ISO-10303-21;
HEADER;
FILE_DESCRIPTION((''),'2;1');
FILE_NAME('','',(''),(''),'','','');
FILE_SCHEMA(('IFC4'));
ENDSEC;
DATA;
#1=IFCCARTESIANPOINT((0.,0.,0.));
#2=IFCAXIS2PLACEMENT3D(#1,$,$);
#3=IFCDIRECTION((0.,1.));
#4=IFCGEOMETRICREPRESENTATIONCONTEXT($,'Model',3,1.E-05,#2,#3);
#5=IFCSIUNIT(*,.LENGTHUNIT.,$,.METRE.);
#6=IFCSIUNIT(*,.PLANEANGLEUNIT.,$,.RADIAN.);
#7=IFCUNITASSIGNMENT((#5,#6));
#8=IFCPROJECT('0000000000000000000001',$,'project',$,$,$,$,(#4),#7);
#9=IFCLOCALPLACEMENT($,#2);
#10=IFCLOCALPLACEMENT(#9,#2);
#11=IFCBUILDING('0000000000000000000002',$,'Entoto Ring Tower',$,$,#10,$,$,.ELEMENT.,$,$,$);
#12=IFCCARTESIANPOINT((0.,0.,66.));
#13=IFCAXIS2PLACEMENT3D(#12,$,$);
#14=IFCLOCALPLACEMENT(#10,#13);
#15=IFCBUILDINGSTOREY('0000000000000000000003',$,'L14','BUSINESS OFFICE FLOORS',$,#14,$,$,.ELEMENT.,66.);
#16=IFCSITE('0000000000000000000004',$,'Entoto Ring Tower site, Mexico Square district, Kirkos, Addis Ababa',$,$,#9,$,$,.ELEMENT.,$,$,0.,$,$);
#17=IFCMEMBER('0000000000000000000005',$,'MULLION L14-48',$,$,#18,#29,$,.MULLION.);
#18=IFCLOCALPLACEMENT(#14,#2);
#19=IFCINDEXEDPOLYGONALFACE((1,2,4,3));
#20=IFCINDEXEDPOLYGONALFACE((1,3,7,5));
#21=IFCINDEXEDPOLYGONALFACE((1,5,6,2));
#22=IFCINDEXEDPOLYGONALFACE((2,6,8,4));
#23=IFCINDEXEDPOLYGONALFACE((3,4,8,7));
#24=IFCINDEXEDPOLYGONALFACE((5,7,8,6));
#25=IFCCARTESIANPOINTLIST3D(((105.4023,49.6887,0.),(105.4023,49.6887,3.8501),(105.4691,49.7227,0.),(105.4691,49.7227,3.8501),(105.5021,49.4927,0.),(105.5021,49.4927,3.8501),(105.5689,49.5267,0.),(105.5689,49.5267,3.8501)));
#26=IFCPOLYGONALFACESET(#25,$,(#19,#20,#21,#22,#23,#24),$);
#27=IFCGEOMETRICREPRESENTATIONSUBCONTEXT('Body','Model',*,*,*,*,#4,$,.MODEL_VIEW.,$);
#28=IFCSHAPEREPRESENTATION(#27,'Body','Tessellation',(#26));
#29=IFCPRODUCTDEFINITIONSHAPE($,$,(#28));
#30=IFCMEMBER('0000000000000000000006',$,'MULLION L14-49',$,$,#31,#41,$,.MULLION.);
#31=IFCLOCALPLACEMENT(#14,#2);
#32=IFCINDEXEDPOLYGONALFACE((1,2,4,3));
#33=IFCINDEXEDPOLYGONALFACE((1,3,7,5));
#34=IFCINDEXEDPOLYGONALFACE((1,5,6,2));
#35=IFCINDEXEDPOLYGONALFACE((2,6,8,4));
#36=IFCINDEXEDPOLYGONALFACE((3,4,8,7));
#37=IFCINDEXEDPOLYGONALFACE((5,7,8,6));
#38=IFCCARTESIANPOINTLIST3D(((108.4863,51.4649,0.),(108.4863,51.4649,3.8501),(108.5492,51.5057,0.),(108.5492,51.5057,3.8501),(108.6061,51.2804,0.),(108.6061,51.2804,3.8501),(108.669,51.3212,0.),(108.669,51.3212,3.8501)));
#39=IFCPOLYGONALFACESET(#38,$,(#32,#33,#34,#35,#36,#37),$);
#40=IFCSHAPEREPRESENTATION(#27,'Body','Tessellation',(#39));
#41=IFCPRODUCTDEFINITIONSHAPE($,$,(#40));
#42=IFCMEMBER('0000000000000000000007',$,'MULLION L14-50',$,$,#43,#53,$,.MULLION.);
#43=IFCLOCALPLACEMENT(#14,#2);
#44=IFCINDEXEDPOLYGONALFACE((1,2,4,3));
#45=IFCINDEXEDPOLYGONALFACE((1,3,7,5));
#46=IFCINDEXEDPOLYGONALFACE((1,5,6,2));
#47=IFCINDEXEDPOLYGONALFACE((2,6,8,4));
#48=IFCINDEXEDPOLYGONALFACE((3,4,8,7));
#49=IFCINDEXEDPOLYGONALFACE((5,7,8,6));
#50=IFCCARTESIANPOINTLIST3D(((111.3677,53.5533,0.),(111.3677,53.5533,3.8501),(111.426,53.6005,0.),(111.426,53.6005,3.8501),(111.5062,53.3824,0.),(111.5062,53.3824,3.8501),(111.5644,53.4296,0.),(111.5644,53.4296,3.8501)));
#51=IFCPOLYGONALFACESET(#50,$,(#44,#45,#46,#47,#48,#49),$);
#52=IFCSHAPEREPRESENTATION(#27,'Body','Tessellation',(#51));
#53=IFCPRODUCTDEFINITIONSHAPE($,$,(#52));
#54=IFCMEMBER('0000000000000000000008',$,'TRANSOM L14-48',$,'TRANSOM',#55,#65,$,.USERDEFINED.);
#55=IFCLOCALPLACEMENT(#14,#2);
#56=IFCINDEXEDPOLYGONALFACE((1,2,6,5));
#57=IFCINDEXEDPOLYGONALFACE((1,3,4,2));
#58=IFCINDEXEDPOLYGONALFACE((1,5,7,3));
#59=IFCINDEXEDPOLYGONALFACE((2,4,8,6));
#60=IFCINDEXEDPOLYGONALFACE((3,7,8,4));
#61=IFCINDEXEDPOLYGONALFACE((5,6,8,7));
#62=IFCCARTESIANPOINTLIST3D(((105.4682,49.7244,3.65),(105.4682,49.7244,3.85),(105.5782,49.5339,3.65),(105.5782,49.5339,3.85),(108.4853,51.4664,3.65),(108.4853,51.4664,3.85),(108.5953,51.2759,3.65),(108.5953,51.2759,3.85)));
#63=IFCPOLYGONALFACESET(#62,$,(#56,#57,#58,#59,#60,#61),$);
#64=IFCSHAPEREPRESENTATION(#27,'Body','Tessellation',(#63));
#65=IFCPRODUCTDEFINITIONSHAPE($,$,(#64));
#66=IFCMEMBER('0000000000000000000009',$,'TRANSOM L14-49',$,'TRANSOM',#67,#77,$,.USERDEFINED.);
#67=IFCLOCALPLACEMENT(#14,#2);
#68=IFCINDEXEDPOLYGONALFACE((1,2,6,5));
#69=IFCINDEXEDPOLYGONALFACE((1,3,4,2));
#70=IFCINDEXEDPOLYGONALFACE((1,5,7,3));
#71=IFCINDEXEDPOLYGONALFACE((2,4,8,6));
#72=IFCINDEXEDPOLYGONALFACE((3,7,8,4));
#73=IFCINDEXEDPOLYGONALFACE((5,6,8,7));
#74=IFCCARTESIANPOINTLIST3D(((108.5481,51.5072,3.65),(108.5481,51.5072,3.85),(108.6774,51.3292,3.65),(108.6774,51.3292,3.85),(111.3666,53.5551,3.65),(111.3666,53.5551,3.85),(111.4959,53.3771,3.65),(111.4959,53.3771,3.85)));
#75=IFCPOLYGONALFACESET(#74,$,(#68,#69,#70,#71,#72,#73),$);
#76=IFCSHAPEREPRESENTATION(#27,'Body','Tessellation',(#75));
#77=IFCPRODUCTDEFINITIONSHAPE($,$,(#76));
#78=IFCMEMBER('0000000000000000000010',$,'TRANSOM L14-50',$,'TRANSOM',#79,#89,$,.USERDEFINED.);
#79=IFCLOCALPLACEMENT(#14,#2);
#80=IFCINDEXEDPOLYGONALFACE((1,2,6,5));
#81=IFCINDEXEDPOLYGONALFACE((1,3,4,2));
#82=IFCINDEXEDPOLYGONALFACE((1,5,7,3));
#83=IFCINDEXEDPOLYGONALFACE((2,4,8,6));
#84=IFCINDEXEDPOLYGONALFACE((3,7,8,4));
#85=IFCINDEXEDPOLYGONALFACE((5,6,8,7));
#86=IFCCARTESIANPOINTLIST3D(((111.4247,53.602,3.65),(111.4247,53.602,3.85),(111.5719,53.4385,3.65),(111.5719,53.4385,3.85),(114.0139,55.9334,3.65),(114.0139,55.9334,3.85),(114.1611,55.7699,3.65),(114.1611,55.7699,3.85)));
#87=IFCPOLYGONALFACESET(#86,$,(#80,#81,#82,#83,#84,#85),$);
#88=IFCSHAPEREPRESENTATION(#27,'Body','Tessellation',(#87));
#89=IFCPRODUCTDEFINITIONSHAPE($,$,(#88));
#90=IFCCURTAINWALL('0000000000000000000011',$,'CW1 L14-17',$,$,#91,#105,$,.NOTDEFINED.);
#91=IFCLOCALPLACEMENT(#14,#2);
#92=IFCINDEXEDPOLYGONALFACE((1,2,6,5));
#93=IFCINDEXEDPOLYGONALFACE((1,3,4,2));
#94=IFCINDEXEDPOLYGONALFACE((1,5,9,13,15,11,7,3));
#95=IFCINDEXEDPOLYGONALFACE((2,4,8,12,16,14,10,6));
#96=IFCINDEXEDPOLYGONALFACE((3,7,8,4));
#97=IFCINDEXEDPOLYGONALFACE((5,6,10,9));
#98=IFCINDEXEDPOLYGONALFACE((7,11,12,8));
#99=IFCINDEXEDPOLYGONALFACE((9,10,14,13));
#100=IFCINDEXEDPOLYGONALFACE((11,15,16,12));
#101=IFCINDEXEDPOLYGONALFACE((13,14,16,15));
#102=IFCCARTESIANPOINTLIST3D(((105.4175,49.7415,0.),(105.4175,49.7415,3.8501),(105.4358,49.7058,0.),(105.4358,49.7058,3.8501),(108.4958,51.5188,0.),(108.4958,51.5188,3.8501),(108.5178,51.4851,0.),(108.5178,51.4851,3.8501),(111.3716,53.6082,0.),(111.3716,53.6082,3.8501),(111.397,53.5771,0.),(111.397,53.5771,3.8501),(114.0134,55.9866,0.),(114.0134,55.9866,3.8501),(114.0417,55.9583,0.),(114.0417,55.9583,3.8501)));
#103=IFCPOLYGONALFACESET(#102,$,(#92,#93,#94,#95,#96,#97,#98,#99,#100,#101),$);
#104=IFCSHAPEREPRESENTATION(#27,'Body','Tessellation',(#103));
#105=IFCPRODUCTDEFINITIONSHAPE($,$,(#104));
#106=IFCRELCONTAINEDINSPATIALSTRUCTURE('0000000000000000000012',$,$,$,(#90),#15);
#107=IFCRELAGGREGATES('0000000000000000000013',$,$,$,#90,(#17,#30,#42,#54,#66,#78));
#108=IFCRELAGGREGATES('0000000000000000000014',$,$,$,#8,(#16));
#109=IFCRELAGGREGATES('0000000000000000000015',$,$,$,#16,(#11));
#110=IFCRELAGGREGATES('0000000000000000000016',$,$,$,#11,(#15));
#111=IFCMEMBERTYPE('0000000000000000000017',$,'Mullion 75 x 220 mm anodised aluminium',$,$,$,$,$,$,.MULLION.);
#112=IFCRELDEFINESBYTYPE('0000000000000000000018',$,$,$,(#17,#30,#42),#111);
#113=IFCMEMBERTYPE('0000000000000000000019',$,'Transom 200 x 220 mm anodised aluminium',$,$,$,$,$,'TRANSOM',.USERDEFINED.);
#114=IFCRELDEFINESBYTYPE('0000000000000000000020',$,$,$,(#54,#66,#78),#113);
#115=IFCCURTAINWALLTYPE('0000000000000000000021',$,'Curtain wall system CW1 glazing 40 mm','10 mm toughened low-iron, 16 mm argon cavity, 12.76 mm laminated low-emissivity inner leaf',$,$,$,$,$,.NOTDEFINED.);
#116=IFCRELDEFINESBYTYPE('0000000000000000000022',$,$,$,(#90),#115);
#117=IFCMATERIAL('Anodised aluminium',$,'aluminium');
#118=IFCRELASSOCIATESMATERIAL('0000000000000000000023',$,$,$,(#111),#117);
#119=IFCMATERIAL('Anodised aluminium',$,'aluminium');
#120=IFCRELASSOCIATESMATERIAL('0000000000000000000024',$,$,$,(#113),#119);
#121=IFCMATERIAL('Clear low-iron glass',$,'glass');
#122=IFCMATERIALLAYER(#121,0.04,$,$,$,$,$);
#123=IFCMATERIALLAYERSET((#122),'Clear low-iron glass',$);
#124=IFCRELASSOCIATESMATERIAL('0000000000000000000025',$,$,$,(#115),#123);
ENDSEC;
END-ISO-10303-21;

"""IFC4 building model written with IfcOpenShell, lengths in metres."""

from ifc_helpers import new_model, si_unit, direction, frame, origin, origin_2d, place, context, subcontext, project, spatial, polyline, rectangle, outline, extrude, material, layer, layer_set, material_profile, profile_set, type_object, element, aggregate, save


model = new_model("IFC4")

# Units and contexts
model_context = context("Model", 3, precision=1e-05, world=origin(), true_north=direction((0.0, 1.0)))
body_context = subcontext(model_context, "Body", "Model", "MODEL_VIEW")
ifc_project = project(units=[si_unit("LENGTHUNIT", "METRE"), si_unit("PLANEANGLEUNIT", "RADIAN")], contexts=[model_context])

# Members
ifc_material_1 = material(Name="Anodised aluminium", Category="aluminium")
ifc_material_profile_1 = material_profile(ifc_material_1, rectangle(XDim=0.075, YDim=0.22, at=origin_2d()), Name="Mullion 75 x 220 mm anodised aluminium")
ifc_profile_set_1 = profile_set([ifc_material_profile_1], Name="Anodised aluminium")
member_type_1 = type_object("IfcMemberType", Name="Mullion 75 x 220 mm anodised aluminium", PredefinedType="MULLION", material=ifc_profile_set_1)
site_placement = place(None, origin())
building_placement = place(site_placement, origin())
storey_placement = place(building_placement, frame((0.0, 0.0, 66.0)))
member_1_placement = place(storey_placement, frame((105.4856, 49.6077, 0.0), z_axis=(0.0, 0.0, 1.0), x_axis=(0.891007, 0.45399, 0.0)))
member_1 = element("IfcMember", 1, at=member_1_placement, type_object=member_type_1, Name="MULLION L14-48", PredefinedType="MULLION", context=body_context, shape_type="SweptSolid", body=[
    extrude(rectangle(XDim=0.075, YDim=0.22, at=origin_2d()), origin(), (0.0, 0.0, 1.0), 3.8501),
])
member_2_placement = place(storey_placement, frame((108.5776, 51.3931, 0.0), z_axis=(0.0, 0.0, 1.0), x_axis=(0.838671, 0.544639, 0.0)))
member_2 = element("IfcMember", 2, at=member_2_placement, type_object=member_type_1, Name="MULLION L14-49", PredefinedType="MULLION", context=body_context, shape_type="SweptSolid", body=[
    extrude(rectangle(XDim=0.075, YDim=0.22, at=origin_2d()), origin(), (0.0, 0.0, 1.0), 3.8501),
])
member_3_placement = place(storey_placement, frame((111.4661, 53.4915, 0.0), z_axis=(0.0, 0.0, 1.0), x_axis=(0.777146, 0.62932, 0.0)))
member_3 = element("IfcMember", 3, at=member_3_placement, type_object=member_type_1, Name="MULLION L14-50", PredefinedType="MULLION", context=body_context, shape_type="SweptSolid", body=[
    extrude(rectangle(XDim=0.075, YDim=0.22, at=origin_2d()), origin(), (0.0, 0.0, 1.0), 3.8501),
])
ifc_material_2 = material(Name="Anodised aluminium", Category="aluminium")
ifc_material_profile_2 = material_profile(ifc_material_2, rectangle(XDim=0.22, YDim=0.2, at=origin_2d()), Name="Transom 200 x 220 mm anodised aluminium")
ifc_profile_set_2 = profile_set([ifc_material_profile_2], Name="Anodised aluminium")
member_type_2 = type_object("IfcMemberType", Name="Transom 200 x 220 mm anodised aluminium", ElementType="TRANSOM", PredefinedType="USERDEFINED", material=ifc_profile_set_2)
member_4_placement = place(storey_placement, frame((105.5232, 49.6292, 3.75), z_axis=(0.866022, 0.500006, 0.0), x_axis=(-0.500006, 0.866022, 0.0)))
member_4 = element("IfcMember", 4, at=member_4_placement, type_object=member_type_2, Name="TRANSOM L14-48", ObjectType="TRANSOM", PredefinedType="USERDEFINED", context=body_context, shape_type="SweptSolid", body=[
    extrude(rectangle(XDim=0.22, YDim=0.2, at=origin_2d()), origin(), (0.0, 0.0, 1.0), 3.4839),
])
member_5_placement = place(storey_placement, frame((108.6128, 51.4182, 3.75), z_axis=(0.808991, 0.587822, 0.0), x_axis=(-0.587822, 0.808991, 0.0)))
member_5 = element("IfcMember", 5, at=member_5_placement, type_object=member_type_2, Name="TRANSOM L14-49", ObjectType="TRANSOM", PredefinedType="USERDEFINED", context=body_context, shape_type="SweptSolid", body=[
    extrude(rectangle(XDim=0.22, YDim=0.2, at=origin_2d()), origin(), (0.0, 0.0, 1.0), 3.4839),
])
member_6_placement = place(storey_placement, frame((111.4983, 53.5203, 3.75), z_axis=(0.743137, 0.669139, 0.0), x_axis=(-0.669139, 0.743137, 0.0)))
member_6 = element("IfcMember", 6, at=member_6_placement, type_object=member_type_2, Name="TRANSOM L14-50", ObjectType="TRANSOM", PredefinedType="USERDEFINED", context=body_context, shape_type="SweptSolid", body=[
    extrude(rectangle(XDim=0.22, YDim=0.2, at=origin_2d()), origin(), (0.0, 0.0, 1.0), 3.4841),
])

# Site, building, storey
site = spatial("IfcSite", under=ifc_project, at=site_placement, Name="Entoto Ring Tower site, Mexico Square district, Kirkos, Addis Ababa", CompositionType="ELEMENT", RefElevation=0.0)
building = spatial("IfcBuilding", under=site, at=building_placement, Name="Entoto Ring Tower", CompositionType="ELEMENT")
storey = spatial("IfcBuildingStorey", under=building, at=storey_placement, Name="L14", Description="BUSINESS OFFICE FLOORS", CompositionType="ELEMENT", Elevation=66.0)

# Curtain wall
ifc_material_3 = material(Name="Clear low-iron glass", Category="glass")
ifc_layer_1 = layer(ifc_material_3, 0.04)
ifc_layer_set_1 = layer_set([ifc_layer_1], Name="Clear low-iron glass")
curtain_wall_type = type_object("IfcCurtainWallType", Name="Curtain wall system CW1 glazing 40 mm", Description="10 mm toughened low-iron, 16 mm argon cavity, 12.76 mm laminated low-emissivity inner leaf", PredefinedType="NOTDEFINED", material=ifc_layer_set_1)
curtain_wall_1_placement = place(storey_placement, origin())
curtain_wall_1 = element("IfcCurtainWall", 7, at=curtain_wall_1_placement, inside=storey, type_object=curtain_wall_type, Name="CW1 L14-17", PredefinedType="NOTDEFINED", context=body_context, shape_type="SweptSolid", body=[
    extrude(outline(polyline([(105.4358, 49.7058), (108.5178, 51.4851), (111.397, 53.5771), (114.0417, 55.9583), (114.0134, 55.9866), (111.3716, 53.6082), (108.4958, 51.5188), (105.4175, 49.7415), (105.4358, 49.7058)])), origin(), (0.0, 0.0, 1.0), 3.8501),
])
aggregate(curtain_wall_1, [member_1, member_2, member_3, member_4, member_5, member_6])

save(model, "model.ifc")
